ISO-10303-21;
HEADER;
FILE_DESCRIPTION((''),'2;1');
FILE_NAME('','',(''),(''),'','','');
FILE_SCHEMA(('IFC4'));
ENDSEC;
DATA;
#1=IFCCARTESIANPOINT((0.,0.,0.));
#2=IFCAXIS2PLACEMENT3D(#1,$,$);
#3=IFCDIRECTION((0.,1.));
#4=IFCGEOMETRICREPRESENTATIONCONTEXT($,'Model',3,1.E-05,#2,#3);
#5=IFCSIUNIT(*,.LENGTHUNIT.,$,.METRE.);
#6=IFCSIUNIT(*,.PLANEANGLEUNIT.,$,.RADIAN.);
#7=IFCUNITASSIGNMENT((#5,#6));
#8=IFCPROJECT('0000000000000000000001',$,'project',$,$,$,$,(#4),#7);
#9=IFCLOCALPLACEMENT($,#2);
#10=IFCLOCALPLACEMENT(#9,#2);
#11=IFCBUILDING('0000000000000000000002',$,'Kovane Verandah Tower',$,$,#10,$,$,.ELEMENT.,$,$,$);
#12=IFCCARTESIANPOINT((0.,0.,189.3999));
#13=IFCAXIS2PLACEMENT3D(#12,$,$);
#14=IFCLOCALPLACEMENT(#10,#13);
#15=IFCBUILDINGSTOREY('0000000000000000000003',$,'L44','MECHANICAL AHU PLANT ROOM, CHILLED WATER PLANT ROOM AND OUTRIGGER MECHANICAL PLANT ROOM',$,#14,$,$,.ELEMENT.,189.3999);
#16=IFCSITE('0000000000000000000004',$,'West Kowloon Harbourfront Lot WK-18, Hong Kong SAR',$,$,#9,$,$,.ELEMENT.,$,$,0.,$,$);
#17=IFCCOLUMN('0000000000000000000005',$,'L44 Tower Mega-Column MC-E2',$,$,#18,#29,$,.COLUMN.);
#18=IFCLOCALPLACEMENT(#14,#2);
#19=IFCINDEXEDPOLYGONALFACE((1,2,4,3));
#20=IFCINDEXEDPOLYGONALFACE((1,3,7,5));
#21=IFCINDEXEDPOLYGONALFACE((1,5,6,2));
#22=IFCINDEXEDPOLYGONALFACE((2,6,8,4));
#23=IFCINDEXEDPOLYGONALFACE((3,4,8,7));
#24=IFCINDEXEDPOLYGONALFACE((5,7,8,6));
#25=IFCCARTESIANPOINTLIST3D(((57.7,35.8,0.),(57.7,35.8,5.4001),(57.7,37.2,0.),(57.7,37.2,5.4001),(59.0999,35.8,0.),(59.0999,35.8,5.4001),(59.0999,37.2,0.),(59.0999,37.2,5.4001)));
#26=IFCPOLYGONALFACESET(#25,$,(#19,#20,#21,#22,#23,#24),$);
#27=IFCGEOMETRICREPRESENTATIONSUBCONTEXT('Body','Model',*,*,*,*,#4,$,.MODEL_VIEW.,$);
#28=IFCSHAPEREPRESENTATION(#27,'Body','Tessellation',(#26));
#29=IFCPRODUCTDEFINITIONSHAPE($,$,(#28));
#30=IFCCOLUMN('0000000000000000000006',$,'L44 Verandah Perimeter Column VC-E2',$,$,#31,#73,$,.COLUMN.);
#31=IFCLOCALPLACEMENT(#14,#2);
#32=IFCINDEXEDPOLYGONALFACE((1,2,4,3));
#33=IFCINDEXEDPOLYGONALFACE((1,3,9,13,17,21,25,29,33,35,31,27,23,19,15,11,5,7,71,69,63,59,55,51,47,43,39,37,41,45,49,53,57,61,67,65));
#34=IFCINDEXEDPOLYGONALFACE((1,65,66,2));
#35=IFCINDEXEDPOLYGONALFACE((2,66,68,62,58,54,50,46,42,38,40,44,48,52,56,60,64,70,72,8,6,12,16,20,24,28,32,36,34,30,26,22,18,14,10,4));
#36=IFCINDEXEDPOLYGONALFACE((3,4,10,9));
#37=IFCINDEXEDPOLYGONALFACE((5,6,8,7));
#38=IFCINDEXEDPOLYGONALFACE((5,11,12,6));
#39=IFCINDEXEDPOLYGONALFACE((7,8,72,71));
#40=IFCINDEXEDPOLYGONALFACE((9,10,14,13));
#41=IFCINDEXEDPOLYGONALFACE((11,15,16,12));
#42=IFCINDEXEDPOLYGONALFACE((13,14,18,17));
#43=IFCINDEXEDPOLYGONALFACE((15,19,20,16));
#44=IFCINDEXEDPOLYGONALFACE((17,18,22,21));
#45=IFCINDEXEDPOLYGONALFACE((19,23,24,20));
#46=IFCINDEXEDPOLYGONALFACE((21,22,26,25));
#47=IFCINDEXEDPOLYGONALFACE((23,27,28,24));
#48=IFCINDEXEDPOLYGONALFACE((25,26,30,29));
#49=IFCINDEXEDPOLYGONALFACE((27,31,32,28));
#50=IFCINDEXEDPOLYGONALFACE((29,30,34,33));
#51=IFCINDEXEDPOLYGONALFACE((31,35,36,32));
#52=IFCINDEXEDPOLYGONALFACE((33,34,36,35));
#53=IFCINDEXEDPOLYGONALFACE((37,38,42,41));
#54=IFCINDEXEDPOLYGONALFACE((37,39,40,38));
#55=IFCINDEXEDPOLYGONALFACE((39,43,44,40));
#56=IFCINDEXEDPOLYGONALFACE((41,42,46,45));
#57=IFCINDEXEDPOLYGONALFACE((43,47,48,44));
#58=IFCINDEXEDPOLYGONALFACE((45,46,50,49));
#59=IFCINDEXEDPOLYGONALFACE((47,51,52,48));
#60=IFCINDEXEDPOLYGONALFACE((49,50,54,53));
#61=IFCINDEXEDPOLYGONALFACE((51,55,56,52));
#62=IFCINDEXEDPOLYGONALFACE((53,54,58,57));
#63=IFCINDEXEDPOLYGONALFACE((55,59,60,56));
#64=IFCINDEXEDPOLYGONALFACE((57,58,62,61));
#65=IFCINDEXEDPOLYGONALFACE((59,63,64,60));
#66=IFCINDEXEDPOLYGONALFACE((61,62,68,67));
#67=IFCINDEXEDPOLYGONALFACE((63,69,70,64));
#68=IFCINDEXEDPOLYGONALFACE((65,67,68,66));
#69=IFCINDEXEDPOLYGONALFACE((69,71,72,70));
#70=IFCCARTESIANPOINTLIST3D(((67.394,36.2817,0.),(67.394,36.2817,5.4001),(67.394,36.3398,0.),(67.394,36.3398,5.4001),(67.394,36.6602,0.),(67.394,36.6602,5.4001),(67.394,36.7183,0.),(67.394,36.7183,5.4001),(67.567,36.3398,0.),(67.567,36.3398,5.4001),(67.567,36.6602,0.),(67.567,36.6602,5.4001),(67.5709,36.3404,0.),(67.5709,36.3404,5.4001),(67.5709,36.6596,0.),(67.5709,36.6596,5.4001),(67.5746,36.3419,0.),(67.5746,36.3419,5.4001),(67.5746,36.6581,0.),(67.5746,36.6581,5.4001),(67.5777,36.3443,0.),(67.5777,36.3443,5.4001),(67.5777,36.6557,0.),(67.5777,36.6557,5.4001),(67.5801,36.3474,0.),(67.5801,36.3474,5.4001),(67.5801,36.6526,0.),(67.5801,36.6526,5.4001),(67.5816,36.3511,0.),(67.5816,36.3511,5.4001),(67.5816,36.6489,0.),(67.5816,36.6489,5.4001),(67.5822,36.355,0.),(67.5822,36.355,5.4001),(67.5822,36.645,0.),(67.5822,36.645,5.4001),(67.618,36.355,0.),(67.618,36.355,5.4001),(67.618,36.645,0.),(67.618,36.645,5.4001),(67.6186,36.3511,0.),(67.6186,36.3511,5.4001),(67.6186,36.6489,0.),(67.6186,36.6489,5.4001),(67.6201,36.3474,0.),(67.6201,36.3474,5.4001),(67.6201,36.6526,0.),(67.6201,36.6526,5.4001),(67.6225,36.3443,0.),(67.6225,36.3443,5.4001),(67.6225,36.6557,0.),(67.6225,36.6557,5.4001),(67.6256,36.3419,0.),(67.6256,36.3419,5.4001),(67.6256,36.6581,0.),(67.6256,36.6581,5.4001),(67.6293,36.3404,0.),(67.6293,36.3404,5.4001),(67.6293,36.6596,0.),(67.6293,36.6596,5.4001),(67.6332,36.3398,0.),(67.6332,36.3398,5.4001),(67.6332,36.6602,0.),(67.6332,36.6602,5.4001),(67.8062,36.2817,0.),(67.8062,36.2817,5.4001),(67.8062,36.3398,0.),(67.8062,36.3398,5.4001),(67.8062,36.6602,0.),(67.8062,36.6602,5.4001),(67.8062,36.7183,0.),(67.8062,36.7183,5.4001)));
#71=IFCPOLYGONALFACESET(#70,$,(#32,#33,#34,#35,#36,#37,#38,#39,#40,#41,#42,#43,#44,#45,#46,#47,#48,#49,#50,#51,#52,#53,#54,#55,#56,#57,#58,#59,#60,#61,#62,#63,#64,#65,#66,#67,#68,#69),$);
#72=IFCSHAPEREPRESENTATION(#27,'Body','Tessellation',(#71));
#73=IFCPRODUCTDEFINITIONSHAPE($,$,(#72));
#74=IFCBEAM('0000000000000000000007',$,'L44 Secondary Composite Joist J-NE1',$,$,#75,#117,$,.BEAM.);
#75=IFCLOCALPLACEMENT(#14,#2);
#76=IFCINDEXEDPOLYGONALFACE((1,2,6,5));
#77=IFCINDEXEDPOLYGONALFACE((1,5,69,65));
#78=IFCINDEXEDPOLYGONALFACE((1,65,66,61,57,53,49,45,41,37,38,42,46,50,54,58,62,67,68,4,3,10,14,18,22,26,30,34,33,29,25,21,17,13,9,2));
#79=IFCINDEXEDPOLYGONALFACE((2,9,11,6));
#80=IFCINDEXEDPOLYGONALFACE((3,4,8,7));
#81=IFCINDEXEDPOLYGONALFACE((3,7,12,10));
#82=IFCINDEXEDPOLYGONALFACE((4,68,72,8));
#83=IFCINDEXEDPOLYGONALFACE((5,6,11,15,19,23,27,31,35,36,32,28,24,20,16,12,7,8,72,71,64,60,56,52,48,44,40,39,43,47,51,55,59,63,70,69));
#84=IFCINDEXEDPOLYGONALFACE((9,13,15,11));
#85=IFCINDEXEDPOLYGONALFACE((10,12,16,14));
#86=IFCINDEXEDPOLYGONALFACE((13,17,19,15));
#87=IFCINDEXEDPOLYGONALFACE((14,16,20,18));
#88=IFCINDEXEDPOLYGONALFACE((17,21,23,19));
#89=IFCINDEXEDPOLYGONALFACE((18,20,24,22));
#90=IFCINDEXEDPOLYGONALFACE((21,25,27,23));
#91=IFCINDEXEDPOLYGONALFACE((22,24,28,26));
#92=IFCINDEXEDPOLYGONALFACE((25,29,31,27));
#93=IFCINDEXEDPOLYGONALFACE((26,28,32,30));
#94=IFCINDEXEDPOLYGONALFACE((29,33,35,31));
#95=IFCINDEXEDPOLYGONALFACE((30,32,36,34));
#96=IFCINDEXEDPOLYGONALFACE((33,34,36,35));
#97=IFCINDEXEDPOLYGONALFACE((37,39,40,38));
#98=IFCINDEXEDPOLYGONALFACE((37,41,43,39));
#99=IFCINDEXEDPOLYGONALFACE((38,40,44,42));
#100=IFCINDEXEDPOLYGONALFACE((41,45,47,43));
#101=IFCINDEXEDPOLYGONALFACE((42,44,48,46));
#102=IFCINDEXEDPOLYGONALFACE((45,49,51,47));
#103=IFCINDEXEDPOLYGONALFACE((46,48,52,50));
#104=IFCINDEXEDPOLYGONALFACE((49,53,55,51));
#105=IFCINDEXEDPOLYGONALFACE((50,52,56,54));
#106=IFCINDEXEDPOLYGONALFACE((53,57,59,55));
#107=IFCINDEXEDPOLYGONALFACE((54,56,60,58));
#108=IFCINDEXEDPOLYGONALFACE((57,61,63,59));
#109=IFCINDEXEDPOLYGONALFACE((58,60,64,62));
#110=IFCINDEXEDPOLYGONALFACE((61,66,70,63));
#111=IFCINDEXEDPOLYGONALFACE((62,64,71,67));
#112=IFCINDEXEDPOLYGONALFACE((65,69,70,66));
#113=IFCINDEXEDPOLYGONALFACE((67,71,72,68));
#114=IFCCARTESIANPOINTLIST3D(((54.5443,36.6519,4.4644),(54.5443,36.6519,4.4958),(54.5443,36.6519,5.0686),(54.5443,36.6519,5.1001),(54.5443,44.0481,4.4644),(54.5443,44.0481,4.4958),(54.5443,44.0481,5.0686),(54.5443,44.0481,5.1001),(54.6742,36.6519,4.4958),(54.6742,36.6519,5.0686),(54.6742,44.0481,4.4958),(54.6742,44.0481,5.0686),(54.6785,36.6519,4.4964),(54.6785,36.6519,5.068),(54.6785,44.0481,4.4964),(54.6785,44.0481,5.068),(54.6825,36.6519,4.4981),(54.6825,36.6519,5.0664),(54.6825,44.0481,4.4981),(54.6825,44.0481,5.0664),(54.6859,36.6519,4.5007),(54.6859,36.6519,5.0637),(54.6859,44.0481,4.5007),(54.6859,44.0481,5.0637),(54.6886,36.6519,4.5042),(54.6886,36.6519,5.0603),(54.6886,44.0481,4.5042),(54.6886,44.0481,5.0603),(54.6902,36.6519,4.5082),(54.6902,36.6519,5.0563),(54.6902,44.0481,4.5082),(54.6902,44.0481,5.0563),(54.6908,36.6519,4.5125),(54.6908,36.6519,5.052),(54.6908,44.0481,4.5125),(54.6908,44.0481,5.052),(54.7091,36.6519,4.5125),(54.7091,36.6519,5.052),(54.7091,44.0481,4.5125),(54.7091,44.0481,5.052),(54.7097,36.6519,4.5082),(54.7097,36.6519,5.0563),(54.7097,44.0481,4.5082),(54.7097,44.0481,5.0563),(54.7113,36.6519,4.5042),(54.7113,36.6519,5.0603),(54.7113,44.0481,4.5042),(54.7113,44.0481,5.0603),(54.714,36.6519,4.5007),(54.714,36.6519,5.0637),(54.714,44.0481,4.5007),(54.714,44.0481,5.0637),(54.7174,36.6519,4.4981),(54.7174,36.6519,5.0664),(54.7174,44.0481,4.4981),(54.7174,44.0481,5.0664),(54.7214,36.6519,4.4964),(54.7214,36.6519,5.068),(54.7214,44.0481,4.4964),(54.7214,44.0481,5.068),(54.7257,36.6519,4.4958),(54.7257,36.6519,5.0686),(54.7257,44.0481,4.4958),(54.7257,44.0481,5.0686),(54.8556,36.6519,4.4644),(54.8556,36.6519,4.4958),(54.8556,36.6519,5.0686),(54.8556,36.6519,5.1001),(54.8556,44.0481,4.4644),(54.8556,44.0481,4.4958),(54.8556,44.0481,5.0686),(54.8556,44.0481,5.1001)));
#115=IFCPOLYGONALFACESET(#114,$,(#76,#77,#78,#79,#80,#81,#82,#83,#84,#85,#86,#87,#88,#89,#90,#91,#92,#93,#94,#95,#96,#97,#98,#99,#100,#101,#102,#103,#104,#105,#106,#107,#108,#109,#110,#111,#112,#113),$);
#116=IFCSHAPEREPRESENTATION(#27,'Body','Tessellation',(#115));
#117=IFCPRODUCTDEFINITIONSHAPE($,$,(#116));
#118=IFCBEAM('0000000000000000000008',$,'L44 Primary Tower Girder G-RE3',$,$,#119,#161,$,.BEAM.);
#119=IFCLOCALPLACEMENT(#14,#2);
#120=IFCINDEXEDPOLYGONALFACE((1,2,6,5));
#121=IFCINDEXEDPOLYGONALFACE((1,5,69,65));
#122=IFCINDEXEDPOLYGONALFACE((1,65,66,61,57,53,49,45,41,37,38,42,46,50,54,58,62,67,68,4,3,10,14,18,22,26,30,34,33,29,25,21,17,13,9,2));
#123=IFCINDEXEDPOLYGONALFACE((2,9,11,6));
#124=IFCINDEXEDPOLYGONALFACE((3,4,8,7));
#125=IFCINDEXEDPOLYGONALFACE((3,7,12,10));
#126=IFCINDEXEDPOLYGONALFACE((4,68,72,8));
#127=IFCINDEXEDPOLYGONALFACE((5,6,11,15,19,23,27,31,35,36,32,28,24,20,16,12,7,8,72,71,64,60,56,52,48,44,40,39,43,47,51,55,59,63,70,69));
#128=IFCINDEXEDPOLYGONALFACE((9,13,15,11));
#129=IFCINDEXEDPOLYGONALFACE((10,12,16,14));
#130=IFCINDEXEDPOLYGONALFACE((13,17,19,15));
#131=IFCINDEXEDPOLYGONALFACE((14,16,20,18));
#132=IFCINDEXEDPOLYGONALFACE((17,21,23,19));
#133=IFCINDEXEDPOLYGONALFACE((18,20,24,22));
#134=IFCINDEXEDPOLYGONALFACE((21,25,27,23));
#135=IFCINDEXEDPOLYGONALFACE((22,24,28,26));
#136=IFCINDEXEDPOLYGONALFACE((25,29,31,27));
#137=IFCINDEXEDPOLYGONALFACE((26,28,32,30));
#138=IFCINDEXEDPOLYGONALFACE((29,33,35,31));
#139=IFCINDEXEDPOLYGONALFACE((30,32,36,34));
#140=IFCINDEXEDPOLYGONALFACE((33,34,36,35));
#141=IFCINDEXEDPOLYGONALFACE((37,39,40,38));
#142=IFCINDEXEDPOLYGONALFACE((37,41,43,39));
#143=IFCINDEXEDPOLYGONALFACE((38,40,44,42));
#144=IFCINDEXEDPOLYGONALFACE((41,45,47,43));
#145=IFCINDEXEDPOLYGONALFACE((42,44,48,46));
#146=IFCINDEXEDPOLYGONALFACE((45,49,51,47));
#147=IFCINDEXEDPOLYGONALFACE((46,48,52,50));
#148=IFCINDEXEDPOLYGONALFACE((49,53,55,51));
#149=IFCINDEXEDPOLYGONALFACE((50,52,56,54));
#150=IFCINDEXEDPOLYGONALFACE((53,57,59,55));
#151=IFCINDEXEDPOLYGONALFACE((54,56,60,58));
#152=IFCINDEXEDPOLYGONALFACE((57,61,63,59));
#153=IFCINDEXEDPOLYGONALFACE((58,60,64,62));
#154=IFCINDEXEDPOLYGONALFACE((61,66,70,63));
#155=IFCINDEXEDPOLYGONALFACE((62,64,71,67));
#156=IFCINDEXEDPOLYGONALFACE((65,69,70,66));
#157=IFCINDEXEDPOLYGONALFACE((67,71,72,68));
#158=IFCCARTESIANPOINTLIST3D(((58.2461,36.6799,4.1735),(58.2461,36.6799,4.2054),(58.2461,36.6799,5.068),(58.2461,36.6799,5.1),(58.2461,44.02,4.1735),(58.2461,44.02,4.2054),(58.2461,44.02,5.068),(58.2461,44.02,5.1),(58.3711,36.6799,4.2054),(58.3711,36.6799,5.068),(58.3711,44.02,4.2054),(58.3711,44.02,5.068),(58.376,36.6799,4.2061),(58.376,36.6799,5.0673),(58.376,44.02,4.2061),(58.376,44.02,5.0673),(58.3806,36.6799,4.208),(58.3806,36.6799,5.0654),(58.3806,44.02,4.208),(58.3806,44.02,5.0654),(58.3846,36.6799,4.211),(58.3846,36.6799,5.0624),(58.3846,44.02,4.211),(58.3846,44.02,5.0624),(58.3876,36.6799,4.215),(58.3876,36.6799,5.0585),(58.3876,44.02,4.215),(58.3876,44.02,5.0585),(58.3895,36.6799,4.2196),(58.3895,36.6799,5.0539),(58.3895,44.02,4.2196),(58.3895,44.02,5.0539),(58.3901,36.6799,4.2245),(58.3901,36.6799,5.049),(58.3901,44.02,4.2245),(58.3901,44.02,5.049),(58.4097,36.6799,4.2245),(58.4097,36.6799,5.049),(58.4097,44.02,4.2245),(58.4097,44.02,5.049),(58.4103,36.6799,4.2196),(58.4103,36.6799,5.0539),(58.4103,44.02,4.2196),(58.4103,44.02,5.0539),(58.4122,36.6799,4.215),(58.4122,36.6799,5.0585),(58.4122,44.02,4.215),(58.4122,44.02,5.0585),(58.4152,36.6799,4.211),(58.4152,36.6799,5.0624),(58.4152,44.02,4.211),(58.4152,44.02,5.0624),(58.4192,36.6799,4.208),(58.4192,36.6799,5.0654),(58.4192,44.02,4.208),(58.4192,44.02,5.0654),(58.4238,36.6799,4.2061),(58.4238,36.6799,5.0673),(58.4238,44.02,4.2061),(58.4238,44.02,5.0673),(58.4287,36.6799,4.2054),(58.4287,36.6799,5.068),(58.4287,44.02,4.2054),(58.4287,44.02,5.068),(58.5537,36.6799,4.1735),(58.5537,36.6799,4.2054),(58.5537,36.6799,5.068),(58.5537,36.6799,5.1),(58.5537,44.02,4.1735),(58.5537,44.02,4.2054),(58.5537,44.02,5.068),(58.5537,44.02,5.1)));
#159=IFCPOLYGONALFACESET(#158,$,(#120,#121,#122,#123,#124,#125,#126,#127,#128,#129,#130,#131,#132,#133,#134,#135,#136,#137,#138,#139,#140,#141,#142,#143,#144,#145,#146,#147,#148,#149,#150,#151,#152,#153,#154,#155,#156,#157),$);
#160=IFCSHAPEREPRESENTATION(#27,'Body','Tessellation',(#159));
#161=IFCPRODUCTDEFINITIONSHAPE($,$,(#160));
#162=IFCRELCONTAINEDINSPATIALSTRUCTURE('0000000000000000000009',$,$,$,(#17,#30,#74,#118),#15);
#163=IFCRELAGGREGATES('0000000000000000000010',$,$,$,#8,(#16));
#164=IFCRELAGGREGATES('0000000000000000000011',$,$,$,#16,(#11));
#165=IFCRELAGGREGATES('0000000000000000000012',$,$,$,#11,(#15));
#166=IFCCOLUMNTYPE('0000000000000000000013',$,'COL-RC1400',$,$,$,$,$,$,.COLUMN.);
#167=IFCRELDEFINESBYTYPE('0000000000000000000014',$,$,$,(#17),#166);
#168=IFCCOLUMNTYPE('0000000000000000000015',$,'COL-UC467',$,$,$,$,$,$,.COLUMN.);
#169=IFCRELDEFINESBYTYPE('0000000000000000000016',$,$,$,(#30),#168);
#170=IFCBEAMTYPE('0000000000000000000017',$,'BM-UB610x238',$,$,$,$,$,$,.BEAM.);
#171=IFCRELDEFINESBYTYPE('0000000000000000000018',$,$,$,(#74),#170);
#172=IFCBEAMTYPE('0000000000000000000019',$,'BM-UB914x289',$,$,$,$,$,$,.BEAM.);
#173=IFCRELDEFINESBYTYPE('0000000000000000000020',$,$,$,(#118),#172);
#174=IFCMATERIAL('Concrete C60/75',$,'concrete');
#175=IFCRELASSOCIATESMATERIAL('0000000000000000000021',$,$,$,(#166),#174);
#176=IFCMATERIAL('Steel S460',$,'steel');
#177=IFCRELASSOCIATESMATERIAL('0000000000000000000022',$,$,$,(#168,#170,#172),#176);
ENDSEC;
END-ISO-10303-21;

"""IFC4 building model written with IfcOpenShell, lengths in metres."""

from ifc_helpers import new_model, si_unit, direction, frame, origin, origin_2d, place, context, subcontext, project, spatial, rectangle, i_section, extrude, material, material_profile, profile_set, type_object, element, save


model = new_model("IFC4")

# Units and contexts
model_context = context("Model", 3, precision=1e-05, world=origin(), true_north=direction((0.0, 1.0)))
body_context = subcontext(model_context, "Body", "Model", "MODEL_VIEW")
ifc_project = project(units=[si_unit("LENGTHUNIT", "METRE"), si_unit("PLANEANGLEUNIT", "RADIAN")], contexts=[model_context])

# Site, building, storey
site_placement = place(None, origin())
site = spatial("IfcSite", under=ifc_project, at=site_placement, Name="West Kowloon Harbourfront Lot WK-18, Hong Kong SAR", CompositionType="ELEMENT", RefElevation=0.0)
building_placement = place(site_placement, origin())
building = spatial("IfcBuilding", under=site, at=building_placement, Name="Kovane Verandah Tower", CompositionType="ELEMENT")
storey_placement = place(building_placement, frame((0.0, 0.0, 189.3999)))
storey = spatial("IfcBuildingStorey", under=building, at=storey_placement, Name="L44", Description="MECHANICAL AHU PLANT ROOM, CHILLED WATER PLANT ROOM AND OUTRIGGER MECHANICAL PLANT ROOM", CompositionType="ELEMENT", Elevation=189.3999)

# Columns
ifc_material_1 = material(Name="Concrete C60/75", Category="concrete")
ifc_material_profile_1 = material_profile(ifc_material_1, rectangle(XDim=1.3999, YDim=1.3999, at=origin_2d()), Name="RC1400x1400")
ifc_profile_set_1 = profile_set([ifc_material_profile_1], Name="Concrete C60/75")
column_type_1 = type_object("IfcColumnType", Name="COL-RC1400", PredefinedType="COLUMN", material=ifc_profile_set_1)
column_1_placement = place(storey_placement, frame((58.3999, 36.5, 0.0), z_axis=(0.0, 0.0, 1.0), x_axis=(1.0, 0.0, 0.0)))
element("IfcColumn", 1, at=column_1_placement, inside=storey, type_object=column_type_1, Name="L44 Tower Mega-Column MC-E2", PredefinedType="COLUMN", context=body_context, shape_type="SweptSolid", body=[
    extrude(rectangle(XDim=1.3999, YDim=1.3999, at=origin_2d()), origin(), (0.0, 0.0, 1.0), 5.4001),
])
ifc_material_2 = material(Name="Steel S460", Category="steel")
ifc_material_profile_2 = material_profile(ifc_material_2, i_section(OverallWidth=0.4121, OverallDepth=0.4365, WebThickness=0.0359, FlangeThickness=0.0581, FilletRadius=0.0151, at=origin_2d()), Name="UC356x406x467")
ifc_profile_set_2 = profile_set([ifc_material_profile_2], Name="Steel S460")
column_type_2 = type_object("IfcColumnType", Name="COL-UC467", PredefinedType="COLUMN", material=ifc_profile_set_2)
column_2_placement = place(storey_placement, frame((67.6001, 36.5, 0.0), z_axis=(0.0, 0.0, 1.0), x_axis=(1.0, 0.0, 0.0)))
element("IfcColumn", 2, at=column_2_placement, inside=storey, type_object=column_type_2, Name="L44 Verandah Perimeter Column VC-E2", PredefinedType="COLUMN", context=body_context, shape_type="SweptSolid", body=[
    extrude(i_section(OverallWidth=0.4121, OverallDepth=0.4365, WebThickness=0.0359, FlangeThickness=0.0581, FilletRadius=0.0151, at=origin_2d()), origin(), (0.0, 0.0, 1.0), 5.4001),
])

# Beams
ifc_material_profile_3 = material_profile(ifc_material_2, i_section(OverallWidth=0.3113, OverallDepth=0.6357, WebThickness=0.0183, FlangeThickness=0.0315, FilletRadius=0.0166, at=origin_2d()), Name="UB610x305x238")
ifc_profile_set_3 = profile_set([ifc_material_profile_3], Name="Steel S460")
beam_type_1 = type_object("IfcBeamType", Name="BM-UB610x238", PredefinedType="BEAM", material=ifc_profile_set_3)
beam_1_placement = place(storey_placement, frame((54.7, 36.6519, 4.7822), z_axis=(0.0, 1.0, 0.0), x_axis=(-1.0, 0.0, 0.0)))
element("IfcBeam", 3, at=beam_1_placement, inside=storey, type_object=beam_type_1, Name="L44 Secondary Composite Joist J-NE1", PredefinedType="BEAM", context=body_context, shape_type="SweptSolid", body=[
    extrude(i_section(OverallWidth=0.3113, OverallDepth=0.6357, WebThickness=0.0183, FlangeThickness=0.0315, FilletRadius=0.0166, at=origin_2d()), origin(), (0.0, 0.0, 1.0), 7.3962),
])
ifc_material_profile_4 = material_profile(ifc_material_2, i_section(OverallWidth=0.3076, OverallDepth=0.9265, WebThickness=0.0195, FlangeThickness=0.032, FilletRadius=0.019, at=origin_2d()), Name="UB914x305x289")
ifc_profile_set_4 = profile_set([ifc_material_profile_4], Name="Steel S460")
beam_type_2 = type_object("IfcBeamType", Name="BM-UB914x289", PredefinedType="BEAM", material=ifc_profile_set_4)
beam_2_placement = place(storey_placement, frame((58.3999, 36.6799, 4.6367), z_axis=(0.0, 1.0, 0.0), x_axis=(-1.0, 0.0, 0.0)))
element("IfcBeam", 4, at=beam_2_placement, inside=storey, type_object=beam_type_2, Name="L44 Primary Tower Girder G-RE3", PredefinedType="BEAM", context=body_context, shape_type="SweptSolid", body=[
    extrude(i_section(OverallWidth=0.3076, OverallDepth=0.9265, WebThickness=0.0195, FlangeThickness=0.032, FilletRadius=0.019, at=origin_2d()), origin(), (0.0, 0.0, 1.0), 7.3401),
])

save(model, "model.ifc")
